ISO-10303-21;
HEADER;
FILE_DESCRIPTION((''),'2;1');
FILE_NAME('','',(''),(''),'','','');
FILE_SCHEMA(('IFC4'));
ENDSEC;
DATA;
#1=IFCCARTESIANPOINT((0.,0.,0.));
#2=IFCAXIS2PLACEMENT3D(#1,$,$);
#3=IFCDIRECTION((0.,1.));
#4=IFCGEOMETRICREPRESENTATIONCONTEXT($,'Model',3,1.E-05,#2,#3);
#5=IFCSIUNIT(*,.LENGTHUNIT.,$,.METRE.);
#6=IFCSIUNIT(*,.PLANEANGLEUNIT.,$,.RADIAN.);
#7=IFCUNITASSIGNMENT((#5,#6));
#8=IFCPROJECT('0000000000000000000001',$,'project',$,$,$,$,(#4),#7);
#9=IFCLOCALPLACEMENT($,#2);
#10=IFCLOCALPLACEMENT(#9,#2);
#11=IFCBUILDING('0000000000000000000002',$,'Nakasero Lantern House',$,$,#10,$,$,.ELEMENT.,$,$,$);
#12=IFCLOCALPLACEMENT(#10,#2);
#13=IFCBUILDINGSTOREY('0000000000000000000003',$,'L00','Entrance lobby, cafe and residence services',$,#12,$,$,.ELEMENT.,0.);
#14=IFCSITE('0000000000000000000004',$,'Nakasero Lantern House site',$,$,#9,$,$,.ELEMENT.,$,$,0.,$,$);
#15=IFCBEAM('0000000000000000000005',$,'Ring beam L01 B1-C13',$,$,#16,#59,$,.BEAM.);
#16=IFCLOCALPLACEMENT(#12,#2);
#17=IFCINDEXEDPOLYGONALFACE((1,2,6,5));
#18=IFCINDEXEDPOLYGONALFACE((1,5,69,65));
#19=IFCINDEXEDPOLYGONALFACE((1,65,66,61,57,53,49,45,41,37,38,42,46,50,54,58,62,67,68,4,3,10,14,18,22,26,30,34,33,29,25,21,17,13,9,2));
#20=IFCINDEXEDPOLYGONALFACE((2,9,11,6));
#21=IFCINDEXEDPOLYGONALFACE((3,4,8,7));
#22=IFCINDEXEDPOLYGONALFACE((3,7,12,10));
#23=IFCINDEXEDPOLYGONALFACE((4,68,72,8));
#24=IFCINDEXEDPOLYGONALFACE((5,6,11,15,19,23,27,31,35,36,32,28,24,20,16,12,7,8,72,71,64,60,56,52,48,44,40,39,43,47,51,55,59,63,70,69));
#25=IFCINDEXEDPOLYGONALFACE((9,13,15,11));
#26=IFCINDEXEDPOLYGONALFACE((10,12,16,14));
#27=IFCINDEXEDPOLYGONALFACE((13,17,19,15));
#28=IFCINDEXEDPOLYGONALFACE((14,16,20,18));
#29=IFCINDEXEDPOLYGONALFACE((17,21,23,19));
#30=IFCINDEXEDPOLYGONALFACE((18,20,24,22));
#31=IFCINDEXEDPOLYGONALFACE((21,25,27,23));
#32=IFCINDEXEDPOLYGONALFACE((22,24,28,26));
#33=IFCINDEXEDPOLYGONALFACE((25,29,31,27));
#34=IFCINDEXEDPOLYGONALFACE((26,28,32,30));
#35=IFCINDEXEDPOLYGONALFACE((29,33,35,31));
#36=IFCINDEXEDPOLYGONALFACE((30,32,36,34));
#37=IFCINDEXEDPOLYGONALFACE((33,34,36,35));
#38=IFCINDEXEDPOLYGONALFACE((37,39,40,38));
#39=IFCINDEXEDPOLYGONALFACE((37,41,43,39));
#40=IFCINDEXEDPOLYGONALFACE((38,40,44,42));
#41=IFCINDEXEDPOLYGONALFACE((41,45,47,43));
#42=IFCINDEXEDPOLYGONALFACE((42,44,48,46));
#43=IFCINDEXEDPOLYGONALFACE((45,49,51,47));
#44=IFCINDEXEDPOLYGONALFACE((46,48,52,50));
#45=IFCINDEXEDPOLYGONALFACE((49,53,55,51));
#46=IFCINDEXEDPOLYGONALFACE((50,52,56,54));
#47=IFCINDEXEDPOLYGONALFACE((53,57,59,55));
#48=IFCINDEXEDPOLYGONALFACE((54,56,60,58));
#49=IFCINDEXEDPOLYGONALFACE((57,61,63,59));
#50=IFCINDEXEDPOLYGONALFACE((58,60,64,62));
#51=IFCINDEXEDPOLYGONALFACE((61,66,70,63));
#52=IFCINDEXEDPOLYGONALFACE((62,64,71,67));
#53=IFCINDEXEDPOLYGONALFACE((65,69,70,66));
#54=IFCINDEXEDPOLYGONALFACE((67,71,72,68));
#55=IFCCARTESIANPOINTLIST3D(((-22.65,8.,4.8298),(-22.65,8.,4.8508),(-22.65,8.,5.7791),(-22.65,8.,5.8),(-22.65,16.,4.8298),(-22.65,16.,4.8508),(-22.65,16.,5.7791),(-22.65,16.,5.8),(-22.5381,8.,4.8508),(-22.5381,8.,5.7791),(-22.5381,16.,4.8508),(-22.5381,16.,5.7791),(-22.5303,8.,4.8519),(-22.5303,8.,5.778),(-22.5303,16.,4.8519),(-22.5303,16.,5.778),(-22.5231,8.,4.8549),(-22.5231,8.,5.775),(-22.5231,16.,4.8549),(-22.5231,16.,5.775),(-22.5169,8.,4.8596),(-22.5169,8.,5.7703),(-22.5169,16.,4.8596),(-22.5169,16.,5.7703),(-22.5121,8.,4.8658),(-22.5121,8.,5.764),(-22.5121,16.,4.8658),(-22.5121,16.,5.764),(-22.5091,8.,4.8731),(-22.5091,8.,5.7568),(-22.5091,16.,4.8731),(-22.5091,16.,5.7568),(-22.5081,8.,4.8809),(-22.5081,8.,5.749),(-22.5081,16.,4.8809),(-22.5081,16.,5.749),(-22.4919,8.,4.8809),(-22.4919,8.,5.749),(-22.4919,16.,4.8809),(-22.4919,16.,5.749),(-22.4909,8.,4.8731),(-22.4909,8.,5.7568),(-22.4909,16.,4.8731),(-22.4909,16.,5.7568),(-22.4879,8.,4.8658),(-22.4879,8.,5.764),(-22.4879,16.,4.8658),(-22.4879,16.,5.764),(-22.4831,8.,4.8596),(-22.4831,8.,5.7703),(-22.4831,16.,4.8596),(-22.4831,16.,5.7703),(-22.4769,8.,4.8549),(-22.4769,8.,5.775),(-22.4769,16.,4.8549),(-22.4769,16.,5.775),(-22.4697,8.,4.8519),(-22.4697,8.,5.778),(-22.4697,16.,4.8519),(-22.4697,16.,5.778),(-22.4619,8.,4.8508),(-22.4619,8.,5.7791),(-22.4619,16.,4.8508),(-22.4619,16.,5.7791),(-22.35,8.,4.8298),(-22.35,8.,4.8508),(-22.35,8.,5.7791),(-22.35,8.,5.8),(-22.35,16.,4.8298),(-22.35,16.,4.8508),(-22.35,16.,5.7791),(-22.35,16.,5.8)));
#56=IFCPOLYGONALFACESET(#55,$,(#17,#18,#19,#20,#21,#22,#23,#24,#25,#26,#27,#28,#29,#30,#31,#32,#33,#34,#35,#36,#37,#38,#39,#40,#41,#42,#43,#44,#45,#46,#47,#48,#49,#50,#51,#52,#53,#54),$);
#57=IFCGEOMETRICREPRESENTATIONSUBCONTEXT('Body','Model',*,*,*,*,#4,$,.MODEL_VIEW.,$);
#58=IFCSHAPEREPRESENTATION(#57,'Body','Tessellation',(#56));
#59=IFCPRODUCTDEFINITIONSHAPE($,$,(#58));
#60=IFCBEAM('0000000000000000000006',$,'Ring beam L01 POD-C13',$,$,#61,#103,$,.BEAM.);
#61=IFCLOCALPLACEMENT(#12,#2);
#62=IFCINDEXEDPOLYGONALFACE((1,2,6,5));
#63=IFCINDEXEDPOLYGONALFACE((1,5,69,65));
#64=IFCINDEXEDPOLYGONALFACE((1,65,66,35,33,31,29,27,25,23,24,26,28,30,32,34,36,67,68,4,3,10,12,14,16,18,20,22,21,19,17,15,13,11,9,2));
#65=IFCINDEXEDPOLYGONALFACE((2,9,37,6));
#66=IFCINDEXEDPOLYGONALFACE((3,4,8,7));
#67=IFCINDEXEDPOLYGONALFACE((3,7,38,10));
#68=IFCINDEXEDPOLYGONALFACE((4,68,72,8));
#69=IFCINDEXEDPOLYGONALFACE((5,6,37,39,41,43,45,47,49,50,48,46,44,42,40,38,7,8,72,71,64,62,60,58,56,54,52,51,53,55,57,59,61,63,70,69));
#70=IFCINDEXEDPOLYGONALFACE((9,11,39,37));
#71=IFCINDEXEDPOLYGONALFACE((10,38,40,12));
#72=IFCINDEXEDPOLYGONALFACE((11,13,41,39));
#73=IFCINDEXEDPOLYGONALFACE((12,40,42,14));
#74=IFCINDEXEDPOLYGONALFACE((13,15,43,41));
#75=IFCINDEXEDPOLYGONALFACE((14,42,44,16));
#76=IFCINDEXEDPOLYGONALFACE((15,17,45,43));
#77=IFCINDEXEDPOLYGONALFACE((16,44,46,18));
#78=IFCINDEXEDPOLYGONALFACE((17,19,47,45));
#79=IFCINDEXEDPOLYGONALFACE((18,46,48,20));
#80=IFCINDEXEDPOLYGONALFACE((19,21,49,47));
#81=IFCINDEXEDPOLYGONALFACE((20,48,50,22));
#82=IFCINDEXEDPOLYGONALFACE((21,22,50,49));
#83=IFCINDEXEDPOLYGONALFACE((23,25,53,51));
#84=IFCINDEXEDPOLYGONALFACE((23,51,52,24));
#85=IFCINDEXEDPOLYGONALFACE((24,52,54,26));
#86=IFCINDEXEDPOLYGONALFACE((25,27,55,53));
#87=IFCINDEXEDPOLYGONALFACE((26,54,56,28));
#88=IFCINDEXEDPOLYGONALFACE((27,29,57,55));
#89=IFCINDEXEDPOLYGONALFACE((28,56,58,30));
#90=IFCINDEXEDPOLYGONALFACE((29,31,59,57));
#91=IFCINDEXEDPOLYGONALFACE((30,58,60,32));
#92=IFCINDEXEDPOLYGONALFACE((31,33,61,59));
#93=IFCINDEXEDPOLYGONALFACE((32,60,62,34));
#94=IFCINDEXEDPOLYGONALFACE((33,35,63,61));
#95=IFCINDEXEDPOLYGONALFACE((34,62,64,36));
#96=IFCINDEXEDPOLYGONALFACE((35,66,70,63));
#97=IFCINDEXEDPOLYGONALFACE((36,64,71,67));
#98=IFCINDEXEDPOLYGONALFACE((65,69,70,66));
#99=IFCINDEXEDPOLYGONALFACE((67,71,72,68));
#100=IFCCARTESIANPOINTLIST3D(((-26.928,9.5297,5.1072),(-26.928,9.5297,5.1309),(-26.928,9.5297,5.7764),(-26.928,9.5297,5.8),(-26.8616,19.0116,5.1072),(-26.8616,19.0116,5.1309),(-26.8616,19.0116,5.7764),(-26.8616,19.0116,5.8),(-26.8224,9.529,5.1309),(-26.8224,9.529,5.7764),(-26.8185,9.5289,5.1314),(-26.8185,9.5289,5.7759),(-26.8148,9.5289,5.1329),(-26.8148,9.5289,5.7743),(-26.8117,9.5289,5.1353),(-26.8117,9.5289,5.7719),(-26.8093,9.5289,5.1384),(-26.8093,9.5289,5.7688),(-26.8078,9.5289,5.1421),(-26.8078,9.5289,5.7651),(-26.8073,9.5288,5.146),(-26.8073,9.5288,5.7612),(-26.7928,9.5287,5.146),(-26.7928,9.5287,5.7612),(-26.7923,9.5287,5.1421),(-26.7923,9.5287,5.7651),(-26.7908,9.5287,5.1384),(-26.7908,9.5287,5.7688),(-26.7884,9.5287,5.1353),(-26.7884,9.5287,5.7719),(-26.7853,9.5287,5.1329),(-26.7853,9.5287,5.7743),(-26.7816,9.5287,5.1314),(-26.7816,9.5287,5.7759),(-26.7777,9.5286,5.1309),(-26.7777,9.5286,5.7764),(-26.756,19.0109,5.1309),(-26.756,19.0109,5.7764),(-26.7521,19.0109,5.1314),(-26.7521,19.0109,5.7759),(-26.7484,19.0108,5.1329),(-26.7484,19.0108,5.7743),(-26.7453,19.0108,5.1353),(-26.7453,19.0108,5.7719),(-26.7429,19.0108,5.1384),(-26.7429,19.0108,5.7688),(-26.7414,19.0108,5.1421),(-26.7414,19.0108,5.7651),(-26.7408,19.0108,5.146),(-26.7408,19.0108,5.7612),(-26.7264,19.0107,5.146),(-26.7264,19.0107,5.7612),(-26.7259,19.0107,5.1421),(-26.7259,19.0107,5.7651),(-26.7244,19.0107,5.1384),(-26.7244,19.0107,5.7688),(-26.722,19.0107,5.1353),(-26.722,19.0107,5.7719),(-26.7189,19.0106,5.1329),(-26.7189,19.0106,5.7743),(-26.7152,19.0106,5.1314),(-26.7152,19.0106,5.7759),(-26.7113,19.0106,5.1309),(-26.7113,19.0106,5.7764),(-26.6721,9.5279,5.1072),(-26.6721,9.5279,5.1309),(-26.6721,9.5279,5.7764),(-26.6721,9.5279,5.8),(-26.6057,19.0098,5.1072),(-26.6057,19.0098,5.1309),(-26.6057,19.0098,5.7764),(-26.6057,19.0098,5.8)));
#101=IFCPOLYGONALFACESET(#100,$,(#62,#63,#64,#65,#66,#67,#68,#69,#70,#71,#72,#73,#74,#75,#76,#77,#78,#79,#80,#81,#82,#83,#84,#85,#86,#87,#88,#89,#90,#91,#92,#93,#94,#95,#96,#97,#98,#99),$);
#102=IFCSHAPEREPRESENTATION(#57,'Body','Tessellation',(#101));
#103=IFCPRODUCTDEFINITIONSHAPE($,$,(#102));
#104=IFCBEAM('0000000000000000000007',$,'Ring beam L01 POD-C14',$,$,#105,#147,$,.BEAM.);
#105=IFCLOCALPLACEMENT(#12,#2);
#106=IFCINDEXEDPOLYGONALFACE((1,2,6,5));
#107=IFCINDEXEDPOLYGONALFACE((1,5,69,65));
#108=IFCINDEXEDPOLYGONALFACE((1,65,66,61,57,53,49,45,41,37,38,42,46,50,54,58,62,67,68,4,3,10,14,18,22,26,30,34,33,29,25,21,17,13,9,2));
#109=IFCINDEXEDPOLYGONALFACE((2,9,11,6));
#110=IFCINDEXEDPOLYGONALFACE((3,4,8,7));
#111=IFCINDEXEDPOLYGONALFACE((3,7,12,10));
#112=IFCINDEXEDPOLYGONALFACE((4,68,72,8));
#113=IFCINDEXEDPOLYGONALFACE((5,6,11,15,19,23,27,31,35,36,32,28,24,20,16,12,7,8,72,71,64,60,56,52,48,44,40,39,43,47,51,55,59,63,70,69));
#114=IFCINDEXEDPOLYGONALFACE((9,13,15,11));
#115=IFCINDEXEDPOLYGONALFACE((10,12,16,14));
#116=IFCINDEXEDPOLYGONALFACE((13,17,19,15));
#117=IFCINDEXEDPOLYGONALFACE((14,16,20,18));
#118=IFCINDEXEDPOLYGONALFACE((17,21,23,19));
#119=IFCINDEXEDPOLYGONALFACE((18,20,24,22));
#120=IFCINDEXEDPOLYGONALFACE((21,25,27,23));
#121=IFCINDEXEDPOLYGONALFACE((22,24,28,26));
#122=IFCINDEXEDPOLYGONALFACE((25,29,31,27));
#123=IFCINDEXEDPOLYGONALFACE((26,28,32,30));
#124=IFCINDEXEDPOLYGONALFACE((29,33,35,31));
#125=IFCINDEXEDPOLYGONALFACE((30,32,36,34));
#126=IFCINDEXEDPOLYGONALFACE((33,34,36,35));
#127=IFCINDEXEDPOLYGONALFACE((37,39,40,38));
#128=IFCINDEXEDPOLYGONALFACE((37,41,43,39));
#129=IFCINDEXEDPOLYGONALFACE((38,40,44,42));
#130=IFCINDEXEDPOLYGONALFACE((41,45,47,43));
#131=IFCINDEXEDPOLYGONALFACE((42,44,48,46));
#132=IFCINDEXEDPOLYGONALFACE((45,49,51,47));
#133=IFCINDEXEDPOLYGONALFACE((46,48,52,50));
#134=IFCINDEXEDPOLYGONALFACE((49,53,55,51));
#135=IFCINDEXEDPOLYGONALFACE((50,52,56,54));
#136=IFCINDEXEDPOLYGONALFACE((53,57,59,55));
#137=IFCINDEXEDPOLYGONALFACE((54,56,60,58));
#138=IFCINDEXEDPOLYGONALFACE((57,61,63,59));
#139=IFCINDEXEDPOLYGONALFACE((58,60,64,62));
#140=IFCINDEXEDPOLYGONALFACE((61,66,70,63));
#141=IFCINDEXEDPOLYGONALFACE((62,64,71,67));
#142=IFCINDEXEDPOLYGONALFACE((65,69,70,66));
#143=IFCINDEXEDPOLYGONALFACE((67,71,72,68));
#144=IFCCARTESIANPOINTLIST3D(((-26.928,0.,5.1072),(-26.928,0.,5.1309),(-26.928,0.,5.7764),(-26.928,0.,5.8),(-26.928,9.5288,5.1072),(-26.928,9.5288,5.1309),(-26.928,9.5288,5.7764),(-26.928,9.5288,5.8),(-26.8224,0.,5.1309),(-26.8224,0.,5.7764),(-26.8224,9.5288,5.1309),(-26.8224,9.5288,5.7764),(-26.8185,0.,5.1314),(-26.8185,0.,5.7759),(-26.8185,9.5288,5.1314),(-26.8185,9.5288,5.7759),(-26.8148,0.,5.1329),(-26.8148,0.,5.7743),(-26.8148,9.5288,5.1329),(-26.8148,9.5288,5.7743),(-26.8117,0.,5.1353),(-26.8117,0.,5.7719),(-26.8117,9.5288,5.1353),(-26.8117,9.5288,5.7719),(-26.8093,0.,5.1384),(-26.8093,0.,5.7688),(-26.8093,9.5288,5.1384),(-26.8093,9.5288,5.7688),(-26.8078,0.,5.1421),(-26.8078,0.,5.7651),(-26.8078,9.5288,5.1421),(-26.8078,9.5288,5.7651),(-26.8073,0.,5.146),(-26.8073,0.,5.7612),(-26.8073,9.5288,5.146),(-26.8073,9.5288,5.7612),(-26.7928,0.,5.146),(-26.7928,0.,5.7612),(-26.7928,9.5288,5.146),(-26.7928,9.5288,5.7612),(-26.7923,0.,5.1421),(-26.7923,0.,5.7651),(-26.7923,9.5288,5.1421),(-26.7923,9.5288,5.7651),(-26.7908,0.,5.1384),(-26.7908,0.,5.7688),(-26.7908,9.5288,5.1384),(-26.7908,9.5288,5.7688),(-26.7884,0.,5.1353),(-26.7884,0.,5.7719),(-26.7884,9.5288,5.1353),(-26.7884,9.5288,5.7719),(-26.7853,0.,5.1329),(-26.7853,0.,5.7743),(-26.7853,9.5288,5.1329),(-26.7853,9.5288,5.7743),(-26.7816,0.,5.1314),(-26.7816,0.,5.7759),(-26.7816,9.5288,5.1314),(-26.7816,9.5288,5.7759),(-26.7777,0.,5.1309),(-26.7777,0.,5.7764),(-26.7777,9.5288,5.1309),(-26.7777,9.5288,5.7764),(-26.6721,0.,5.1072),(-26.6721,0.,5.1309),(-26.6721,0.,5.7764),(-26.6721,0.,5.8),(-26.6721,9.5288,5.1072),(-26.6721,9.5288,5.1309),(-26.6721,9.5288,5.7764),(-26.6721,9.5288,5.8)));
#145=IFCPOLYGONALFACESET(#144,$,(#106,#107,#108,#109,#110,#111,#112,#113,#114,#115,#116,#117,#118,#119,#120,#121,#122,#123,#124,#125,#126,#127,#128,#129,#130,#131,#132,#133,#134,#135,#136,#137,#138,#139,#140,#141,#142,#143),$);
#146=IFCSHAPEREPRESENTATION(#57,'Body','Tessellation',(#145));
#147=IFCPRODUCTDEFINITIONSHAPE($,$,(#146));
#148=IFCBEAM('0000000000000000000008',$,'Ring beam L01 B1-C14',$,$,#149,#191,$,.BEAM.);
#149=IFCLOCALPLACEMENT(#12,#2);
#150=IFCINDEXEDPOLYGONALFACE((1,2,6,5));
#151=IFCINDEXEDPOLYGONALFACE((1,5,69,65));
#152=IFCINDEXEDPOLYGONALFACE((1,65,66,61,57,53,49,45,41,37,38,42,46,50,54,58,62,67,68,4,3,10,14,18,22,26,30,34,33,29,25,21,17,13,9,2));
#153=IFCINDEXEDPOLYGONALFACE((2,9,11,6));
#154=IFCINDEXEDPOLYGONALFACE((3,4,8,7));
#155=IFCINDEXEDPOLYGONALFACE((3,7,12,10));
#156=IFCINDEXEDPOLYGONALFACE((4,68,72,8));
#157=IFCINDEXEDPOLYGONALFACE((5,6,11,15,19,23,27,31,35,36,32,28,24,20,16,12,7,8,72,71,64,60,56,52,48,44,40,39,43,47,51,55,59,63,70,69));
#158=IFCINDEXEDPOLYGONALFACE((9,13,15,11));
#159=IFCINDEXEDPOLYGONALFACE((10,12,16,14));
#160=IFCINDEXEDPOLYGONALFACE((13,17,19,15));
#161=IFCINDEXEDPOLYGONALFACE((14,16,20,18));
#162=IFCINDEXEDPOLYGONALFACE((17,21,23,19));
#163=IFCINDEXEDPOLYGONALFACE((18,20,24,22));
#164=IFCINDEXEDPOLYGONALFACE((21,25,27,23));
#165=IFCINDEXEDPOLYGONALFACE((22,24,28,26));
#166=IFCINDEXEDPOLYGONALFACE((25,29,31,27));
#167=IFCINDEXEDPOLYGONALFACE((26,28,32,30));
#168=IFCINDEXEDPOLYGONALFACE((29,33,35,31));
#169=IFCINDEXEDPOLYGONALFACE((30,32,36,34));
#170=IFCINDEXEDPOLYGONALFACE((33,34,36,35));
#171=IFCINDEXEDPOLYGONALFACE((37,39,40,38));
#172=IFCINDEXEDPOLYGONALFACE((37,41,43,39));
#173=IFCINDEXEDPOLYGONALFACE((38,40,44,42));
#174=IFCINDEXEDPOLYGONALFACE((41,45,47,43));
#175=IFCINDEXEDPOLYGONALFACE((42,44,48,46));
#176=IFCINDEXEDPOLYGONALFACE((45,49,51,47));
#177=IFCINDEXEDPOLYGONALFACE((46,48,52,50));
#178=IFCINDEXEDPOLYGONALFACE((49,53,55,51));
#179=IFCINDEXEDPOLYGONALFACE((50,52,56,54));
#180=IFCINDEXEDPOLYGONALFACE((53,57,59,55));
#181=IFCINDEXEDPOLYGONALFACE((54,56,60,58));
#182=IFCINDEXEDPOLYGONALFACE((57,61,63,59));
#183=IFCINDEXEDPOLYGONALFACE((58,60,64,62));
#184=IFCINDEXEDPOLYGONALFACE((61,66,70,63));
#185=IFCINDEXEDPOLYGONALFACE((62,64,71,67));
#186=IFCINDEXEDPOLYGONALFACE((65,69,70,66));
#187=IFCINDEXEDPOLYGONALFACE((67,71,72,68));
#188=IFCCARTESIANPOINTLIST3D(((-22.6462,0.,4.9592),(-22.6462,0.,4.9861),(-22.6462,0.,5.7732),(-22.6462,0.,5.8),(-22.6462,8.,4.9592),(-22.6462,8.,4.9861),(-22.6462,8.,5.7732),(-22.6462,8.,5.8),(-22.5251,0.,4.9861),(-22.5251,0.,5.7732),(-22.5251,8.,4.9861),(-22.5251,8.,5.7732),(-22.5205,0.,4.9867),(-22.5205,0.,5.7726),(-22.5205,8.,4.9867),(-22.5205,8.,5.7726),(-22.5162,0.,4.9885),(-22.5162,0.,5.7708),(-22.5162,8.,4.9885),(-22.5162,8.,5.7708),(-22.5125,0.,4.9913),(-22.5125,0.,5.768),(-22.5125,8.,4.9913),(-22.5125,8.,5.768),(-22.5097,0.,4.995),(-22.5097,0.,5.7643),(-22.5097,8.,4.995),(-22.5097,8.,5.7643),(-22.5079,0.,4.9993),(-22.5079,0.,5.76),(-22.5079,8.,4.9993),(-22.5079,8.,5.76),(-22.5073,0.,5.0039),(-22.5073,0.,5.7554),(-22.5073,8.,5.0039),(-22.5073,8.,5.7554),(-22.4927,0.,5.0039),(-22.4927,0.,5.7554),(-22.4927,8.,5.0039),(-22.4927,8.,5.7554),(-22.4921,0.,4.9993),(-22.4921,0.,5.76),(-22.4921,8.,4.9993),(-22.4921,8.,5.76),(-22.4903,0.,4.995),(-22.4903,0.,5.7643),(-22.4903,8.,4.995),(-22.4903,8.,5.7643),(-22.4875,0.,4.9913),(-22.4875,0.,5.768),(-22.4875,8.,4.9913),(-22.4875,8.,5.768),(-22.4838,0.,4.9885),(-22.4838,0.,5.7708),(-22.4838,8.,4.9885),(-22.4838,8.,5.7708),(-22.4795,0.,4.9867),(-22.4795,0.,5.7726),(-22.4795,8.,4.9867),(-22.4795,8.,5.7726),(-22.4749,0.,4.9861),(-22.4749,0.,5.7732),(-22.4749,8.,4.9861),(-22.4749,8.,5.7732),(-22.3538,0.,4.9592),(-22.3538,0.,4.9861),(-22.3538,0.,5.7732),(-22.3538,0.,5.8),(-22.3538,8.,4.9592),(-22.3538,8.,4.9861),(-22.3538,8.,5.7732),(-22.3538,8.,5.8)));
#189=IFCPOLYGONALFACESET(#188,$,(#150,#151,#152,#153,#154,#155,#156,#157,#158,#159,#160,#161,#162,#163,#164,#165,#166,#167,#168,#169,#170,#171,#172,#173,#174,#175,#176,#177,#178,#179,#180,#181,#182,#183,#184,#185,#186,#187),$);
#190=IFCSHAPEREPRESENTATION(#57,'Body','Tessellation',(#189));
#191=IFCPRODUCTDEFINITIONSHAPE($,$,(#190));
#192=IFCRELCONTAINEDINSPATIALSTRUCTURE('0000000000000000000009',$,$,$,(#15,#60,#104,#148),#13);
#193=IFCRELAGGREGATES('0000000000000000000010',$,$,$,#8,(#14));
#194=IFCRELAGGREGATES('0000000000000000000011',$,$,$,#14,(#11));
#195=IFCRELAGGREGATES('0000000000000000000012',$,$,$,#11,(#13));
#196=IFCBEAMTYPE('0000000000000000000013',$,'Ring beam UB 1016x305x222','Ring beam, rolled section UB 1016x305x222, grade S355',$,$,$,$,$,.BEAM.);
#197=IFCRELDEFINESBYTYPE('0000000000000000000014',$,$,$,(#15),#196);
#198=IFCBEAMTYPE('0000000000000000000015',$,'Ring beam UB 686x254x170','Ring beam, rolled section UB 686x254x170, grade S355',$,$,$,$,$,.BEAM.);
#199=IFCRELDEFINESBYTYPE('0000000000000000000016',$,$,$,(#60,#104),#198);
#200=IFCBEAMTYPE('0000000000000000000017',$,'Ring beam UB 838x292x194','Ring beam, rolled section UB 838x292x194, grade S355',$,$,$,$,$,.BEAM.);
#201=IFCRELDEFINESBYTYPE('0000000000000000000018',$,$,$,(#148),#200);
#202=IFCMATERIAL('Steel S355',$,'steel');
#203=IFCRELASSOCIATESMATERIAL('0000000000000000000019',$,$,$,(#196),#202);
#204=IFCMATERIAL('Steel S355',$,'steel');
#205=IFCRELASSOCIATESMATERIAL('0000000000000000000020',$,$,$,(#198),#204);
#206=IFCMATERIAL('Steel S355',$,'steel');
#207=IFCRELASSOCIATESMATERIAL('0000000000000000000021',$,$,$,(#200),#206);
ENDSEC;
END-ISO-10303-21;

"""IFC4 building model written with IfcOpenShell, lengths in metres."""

from ifc_helpers import new_model, si_unit, direction, frame, origin, origin_2d, place, context, subcontext, project, spatial, i_section, extrude, material, material_profile, profile_set, type_object, element, save


model = new_model("IFC4")

# Units and contexts
model_context = context("Model", 3, precision=1e-05, world=origin(), true_north=direction((0.0, 1.0)))
body_context = subcontext(model_context, "Body", "Model", "MODEL_VIEW")
ifc_project = project(units=[si_unit("LENGTHUNIT", "METRE"), si_unit("PLANEANGLEUNIT", "RADIAN")], contexts=[model_context])

# Site, building, storey
site_placement = place(None, origin())
site = spatial("IfcSite", under=ifc_project, at=site_placement, Name="Nakasero Lantern House site", CompositionType="ELEMENT", RefElevation=0.0)
building_placement = place(site_placement, origin())
building = spatial("IfcBuilding", under=site, at=building_placement, Name="Nakasero Lantern House", CompositionType="ELEMENT")
storey_placement = place(building_placement, origin())
storey = spatial("IfcBuildingStorey", under=building, at=storey_placement, Name="L00", Description="Entrance lobby, cafe and residence services", CompositionType="ELEMENT", Elevation=0.0)

# Beams
ifc_material_1 = material(Name="Steel S355", Category="steel")
ifc_material_profile_1 = material_profile(ifc_material_1, i_section(OverallWidth=0.3, OverallDepth=0.9702, WebThickness=0.0161, FlangeThickness=0.021, FilletRadius=0.03, at=origin_2d()), Name="UB 1016x305x222")
ifc_profile_set_1 = profile_set([ifc_material_profile_1], Name="Steel S355")
beam_type_1 = type_object("IfcBeamType", Name="Ring beam UB 1016x305x222", Description="Ring beam, rolled section UB 1016x305x222, grade S355", PredefinedType="BEAM", material=ifc_profile_set_1)
beam_1_placement = place(storey_placement, frame((-22.5, 16.0, 5.3149), z_axis=(0.0, -1.0, 0.0), x_axis=(1.0, 0.0, 0.0)))
element("IfcBeam", 1, at=beam_1_placement, inside=storey, type_object=beam_type_1, Name="Ring beam L01 B1-C13", PredefinedType="BEAM", context=body_context, shape_type="SweptSolid", body=[
    extrude(i_section(OverallWidth=0.3, OverallDepth=0.9702, WebThickness=0.0161, FlangeThickness=0.021, FilletRadius=0.03, at=origin_2d()), origin(), (0.0, 0.0, 1.0), 8.0),
])
ifc_material_2 = material(Name="Steel S355", Category="steel")
ifc_material_profile_2 = material_profile(ifc_material_2, i_section(OverallWidth=0.2559, OverallDepth=0.6929, WebThickness=0.0144, FlangeThickness=0.0237, FilletRadius=0.0151, at=origin_2d()), Name="UB 686x254x170")
ifc_profile_set_2 = profile_set([ifc_material_profile_2], Name="Steel S355")
beam_type_2 = type_object("IfcBeamType", Name="Ring beam UB 686x254x170", Description="Ring beam, rolled section UB 686x254x170, grade S355", PredefinedType="BEAM", material=ifc_profile_set_2)
beam_2_placement = place(storey_placement, frame((-26.7336, 19.0107, 5.4536), z_axis=(-0.007003, -0.999975, 0.0), x_axis=(0.999975, -0.007003, 0.0)))
element("IfcBeam", 2, at=beam_2_placement, inside=storey, type_object=beam_type_2, Name="Ring beam L01 POD-C13", PredefinedType="BEAM", context=body_context, shape_type="SweptSolid", body=[
    extrude(i_section(OverallWidth=0.2559, OverallDepth=0.6929, WebThickness=0.0144, FlangeThickness=0.0237, FilletRadius=0.0151, at=origin_2d()), origin(), (0.0, 0.0, 1.0), 9.4822),
])
beam_3_placement = place(storey_placement, frame((-26.8, 9.5288, 5.4536), z_axis=(0.0, -1.0, 0.0), x_axis=(1.0, 0.0, 0.0)))
element("IfcBeam", 3, at=beam_3_placement, inside=storey, type_object=beam_type_2, Name="Ring beam L01 POD-C14", PredefinedType="BEAM", context=body_context, shape_type="SweptSolid", body=[
    extrude(i_section(OverallWidth=0.2559, OverallDepth=0.6929, WebThickness=0.0144, FlangeThickness=0.0237, FilletRadius=0.0151, at=origin_2d()), origin(), (0.0, 0.0, 1.0), 9.5288),
])
ifc_material_3 = material(Name="Steel S355", Category="steel")
ifc_material_profile_3 = material_profile(ifc_material_3, i_section(OverallWidth=0.2925, OverallDepth=0.8408, WebThickness=0.0146, FlangeThickness=0.0269, FilletRadius=0.0178, at=origin_2d()), Name="UB 838x292x194")
ifc_profile_set_3 = profile_set([ifc_material_profile_3], Name="Steel S355")
beam_type_3 = type_object("IfcBeamType", Name="Ring beam UB 838x292x194", Description="Ring beam, rolled section UB 838x292x194, grade S355", PredefinedType="BEAM", material=ifc_profile_set_3)
beam_4_placement = place(storey_placement, frame((-22.5, 8.0, 5.3796), z_axis=(0.0, -1.0, 0.0), x_axis=(1.0, 0.0, 0.0)))
element("IfcBeam", 4, at=beam_4_placement, inside=storey, type_object=beam_type_3, Name="Ring beam L01 B1-C14", PredefinedType="BEAM", context=body_context, shape_type="SweptSolid", body=[
    extrude(i_section(OverallWidth=0.2925, OverallDepth=0.8408, WebThickness=0.0146, FlangeThickness=0.0269, FilletRadius=0.0178, at=origin_2d()), origin(), (0.0, 0.0, 1.0), 8.0),
])

save(model, "model.ifc")
